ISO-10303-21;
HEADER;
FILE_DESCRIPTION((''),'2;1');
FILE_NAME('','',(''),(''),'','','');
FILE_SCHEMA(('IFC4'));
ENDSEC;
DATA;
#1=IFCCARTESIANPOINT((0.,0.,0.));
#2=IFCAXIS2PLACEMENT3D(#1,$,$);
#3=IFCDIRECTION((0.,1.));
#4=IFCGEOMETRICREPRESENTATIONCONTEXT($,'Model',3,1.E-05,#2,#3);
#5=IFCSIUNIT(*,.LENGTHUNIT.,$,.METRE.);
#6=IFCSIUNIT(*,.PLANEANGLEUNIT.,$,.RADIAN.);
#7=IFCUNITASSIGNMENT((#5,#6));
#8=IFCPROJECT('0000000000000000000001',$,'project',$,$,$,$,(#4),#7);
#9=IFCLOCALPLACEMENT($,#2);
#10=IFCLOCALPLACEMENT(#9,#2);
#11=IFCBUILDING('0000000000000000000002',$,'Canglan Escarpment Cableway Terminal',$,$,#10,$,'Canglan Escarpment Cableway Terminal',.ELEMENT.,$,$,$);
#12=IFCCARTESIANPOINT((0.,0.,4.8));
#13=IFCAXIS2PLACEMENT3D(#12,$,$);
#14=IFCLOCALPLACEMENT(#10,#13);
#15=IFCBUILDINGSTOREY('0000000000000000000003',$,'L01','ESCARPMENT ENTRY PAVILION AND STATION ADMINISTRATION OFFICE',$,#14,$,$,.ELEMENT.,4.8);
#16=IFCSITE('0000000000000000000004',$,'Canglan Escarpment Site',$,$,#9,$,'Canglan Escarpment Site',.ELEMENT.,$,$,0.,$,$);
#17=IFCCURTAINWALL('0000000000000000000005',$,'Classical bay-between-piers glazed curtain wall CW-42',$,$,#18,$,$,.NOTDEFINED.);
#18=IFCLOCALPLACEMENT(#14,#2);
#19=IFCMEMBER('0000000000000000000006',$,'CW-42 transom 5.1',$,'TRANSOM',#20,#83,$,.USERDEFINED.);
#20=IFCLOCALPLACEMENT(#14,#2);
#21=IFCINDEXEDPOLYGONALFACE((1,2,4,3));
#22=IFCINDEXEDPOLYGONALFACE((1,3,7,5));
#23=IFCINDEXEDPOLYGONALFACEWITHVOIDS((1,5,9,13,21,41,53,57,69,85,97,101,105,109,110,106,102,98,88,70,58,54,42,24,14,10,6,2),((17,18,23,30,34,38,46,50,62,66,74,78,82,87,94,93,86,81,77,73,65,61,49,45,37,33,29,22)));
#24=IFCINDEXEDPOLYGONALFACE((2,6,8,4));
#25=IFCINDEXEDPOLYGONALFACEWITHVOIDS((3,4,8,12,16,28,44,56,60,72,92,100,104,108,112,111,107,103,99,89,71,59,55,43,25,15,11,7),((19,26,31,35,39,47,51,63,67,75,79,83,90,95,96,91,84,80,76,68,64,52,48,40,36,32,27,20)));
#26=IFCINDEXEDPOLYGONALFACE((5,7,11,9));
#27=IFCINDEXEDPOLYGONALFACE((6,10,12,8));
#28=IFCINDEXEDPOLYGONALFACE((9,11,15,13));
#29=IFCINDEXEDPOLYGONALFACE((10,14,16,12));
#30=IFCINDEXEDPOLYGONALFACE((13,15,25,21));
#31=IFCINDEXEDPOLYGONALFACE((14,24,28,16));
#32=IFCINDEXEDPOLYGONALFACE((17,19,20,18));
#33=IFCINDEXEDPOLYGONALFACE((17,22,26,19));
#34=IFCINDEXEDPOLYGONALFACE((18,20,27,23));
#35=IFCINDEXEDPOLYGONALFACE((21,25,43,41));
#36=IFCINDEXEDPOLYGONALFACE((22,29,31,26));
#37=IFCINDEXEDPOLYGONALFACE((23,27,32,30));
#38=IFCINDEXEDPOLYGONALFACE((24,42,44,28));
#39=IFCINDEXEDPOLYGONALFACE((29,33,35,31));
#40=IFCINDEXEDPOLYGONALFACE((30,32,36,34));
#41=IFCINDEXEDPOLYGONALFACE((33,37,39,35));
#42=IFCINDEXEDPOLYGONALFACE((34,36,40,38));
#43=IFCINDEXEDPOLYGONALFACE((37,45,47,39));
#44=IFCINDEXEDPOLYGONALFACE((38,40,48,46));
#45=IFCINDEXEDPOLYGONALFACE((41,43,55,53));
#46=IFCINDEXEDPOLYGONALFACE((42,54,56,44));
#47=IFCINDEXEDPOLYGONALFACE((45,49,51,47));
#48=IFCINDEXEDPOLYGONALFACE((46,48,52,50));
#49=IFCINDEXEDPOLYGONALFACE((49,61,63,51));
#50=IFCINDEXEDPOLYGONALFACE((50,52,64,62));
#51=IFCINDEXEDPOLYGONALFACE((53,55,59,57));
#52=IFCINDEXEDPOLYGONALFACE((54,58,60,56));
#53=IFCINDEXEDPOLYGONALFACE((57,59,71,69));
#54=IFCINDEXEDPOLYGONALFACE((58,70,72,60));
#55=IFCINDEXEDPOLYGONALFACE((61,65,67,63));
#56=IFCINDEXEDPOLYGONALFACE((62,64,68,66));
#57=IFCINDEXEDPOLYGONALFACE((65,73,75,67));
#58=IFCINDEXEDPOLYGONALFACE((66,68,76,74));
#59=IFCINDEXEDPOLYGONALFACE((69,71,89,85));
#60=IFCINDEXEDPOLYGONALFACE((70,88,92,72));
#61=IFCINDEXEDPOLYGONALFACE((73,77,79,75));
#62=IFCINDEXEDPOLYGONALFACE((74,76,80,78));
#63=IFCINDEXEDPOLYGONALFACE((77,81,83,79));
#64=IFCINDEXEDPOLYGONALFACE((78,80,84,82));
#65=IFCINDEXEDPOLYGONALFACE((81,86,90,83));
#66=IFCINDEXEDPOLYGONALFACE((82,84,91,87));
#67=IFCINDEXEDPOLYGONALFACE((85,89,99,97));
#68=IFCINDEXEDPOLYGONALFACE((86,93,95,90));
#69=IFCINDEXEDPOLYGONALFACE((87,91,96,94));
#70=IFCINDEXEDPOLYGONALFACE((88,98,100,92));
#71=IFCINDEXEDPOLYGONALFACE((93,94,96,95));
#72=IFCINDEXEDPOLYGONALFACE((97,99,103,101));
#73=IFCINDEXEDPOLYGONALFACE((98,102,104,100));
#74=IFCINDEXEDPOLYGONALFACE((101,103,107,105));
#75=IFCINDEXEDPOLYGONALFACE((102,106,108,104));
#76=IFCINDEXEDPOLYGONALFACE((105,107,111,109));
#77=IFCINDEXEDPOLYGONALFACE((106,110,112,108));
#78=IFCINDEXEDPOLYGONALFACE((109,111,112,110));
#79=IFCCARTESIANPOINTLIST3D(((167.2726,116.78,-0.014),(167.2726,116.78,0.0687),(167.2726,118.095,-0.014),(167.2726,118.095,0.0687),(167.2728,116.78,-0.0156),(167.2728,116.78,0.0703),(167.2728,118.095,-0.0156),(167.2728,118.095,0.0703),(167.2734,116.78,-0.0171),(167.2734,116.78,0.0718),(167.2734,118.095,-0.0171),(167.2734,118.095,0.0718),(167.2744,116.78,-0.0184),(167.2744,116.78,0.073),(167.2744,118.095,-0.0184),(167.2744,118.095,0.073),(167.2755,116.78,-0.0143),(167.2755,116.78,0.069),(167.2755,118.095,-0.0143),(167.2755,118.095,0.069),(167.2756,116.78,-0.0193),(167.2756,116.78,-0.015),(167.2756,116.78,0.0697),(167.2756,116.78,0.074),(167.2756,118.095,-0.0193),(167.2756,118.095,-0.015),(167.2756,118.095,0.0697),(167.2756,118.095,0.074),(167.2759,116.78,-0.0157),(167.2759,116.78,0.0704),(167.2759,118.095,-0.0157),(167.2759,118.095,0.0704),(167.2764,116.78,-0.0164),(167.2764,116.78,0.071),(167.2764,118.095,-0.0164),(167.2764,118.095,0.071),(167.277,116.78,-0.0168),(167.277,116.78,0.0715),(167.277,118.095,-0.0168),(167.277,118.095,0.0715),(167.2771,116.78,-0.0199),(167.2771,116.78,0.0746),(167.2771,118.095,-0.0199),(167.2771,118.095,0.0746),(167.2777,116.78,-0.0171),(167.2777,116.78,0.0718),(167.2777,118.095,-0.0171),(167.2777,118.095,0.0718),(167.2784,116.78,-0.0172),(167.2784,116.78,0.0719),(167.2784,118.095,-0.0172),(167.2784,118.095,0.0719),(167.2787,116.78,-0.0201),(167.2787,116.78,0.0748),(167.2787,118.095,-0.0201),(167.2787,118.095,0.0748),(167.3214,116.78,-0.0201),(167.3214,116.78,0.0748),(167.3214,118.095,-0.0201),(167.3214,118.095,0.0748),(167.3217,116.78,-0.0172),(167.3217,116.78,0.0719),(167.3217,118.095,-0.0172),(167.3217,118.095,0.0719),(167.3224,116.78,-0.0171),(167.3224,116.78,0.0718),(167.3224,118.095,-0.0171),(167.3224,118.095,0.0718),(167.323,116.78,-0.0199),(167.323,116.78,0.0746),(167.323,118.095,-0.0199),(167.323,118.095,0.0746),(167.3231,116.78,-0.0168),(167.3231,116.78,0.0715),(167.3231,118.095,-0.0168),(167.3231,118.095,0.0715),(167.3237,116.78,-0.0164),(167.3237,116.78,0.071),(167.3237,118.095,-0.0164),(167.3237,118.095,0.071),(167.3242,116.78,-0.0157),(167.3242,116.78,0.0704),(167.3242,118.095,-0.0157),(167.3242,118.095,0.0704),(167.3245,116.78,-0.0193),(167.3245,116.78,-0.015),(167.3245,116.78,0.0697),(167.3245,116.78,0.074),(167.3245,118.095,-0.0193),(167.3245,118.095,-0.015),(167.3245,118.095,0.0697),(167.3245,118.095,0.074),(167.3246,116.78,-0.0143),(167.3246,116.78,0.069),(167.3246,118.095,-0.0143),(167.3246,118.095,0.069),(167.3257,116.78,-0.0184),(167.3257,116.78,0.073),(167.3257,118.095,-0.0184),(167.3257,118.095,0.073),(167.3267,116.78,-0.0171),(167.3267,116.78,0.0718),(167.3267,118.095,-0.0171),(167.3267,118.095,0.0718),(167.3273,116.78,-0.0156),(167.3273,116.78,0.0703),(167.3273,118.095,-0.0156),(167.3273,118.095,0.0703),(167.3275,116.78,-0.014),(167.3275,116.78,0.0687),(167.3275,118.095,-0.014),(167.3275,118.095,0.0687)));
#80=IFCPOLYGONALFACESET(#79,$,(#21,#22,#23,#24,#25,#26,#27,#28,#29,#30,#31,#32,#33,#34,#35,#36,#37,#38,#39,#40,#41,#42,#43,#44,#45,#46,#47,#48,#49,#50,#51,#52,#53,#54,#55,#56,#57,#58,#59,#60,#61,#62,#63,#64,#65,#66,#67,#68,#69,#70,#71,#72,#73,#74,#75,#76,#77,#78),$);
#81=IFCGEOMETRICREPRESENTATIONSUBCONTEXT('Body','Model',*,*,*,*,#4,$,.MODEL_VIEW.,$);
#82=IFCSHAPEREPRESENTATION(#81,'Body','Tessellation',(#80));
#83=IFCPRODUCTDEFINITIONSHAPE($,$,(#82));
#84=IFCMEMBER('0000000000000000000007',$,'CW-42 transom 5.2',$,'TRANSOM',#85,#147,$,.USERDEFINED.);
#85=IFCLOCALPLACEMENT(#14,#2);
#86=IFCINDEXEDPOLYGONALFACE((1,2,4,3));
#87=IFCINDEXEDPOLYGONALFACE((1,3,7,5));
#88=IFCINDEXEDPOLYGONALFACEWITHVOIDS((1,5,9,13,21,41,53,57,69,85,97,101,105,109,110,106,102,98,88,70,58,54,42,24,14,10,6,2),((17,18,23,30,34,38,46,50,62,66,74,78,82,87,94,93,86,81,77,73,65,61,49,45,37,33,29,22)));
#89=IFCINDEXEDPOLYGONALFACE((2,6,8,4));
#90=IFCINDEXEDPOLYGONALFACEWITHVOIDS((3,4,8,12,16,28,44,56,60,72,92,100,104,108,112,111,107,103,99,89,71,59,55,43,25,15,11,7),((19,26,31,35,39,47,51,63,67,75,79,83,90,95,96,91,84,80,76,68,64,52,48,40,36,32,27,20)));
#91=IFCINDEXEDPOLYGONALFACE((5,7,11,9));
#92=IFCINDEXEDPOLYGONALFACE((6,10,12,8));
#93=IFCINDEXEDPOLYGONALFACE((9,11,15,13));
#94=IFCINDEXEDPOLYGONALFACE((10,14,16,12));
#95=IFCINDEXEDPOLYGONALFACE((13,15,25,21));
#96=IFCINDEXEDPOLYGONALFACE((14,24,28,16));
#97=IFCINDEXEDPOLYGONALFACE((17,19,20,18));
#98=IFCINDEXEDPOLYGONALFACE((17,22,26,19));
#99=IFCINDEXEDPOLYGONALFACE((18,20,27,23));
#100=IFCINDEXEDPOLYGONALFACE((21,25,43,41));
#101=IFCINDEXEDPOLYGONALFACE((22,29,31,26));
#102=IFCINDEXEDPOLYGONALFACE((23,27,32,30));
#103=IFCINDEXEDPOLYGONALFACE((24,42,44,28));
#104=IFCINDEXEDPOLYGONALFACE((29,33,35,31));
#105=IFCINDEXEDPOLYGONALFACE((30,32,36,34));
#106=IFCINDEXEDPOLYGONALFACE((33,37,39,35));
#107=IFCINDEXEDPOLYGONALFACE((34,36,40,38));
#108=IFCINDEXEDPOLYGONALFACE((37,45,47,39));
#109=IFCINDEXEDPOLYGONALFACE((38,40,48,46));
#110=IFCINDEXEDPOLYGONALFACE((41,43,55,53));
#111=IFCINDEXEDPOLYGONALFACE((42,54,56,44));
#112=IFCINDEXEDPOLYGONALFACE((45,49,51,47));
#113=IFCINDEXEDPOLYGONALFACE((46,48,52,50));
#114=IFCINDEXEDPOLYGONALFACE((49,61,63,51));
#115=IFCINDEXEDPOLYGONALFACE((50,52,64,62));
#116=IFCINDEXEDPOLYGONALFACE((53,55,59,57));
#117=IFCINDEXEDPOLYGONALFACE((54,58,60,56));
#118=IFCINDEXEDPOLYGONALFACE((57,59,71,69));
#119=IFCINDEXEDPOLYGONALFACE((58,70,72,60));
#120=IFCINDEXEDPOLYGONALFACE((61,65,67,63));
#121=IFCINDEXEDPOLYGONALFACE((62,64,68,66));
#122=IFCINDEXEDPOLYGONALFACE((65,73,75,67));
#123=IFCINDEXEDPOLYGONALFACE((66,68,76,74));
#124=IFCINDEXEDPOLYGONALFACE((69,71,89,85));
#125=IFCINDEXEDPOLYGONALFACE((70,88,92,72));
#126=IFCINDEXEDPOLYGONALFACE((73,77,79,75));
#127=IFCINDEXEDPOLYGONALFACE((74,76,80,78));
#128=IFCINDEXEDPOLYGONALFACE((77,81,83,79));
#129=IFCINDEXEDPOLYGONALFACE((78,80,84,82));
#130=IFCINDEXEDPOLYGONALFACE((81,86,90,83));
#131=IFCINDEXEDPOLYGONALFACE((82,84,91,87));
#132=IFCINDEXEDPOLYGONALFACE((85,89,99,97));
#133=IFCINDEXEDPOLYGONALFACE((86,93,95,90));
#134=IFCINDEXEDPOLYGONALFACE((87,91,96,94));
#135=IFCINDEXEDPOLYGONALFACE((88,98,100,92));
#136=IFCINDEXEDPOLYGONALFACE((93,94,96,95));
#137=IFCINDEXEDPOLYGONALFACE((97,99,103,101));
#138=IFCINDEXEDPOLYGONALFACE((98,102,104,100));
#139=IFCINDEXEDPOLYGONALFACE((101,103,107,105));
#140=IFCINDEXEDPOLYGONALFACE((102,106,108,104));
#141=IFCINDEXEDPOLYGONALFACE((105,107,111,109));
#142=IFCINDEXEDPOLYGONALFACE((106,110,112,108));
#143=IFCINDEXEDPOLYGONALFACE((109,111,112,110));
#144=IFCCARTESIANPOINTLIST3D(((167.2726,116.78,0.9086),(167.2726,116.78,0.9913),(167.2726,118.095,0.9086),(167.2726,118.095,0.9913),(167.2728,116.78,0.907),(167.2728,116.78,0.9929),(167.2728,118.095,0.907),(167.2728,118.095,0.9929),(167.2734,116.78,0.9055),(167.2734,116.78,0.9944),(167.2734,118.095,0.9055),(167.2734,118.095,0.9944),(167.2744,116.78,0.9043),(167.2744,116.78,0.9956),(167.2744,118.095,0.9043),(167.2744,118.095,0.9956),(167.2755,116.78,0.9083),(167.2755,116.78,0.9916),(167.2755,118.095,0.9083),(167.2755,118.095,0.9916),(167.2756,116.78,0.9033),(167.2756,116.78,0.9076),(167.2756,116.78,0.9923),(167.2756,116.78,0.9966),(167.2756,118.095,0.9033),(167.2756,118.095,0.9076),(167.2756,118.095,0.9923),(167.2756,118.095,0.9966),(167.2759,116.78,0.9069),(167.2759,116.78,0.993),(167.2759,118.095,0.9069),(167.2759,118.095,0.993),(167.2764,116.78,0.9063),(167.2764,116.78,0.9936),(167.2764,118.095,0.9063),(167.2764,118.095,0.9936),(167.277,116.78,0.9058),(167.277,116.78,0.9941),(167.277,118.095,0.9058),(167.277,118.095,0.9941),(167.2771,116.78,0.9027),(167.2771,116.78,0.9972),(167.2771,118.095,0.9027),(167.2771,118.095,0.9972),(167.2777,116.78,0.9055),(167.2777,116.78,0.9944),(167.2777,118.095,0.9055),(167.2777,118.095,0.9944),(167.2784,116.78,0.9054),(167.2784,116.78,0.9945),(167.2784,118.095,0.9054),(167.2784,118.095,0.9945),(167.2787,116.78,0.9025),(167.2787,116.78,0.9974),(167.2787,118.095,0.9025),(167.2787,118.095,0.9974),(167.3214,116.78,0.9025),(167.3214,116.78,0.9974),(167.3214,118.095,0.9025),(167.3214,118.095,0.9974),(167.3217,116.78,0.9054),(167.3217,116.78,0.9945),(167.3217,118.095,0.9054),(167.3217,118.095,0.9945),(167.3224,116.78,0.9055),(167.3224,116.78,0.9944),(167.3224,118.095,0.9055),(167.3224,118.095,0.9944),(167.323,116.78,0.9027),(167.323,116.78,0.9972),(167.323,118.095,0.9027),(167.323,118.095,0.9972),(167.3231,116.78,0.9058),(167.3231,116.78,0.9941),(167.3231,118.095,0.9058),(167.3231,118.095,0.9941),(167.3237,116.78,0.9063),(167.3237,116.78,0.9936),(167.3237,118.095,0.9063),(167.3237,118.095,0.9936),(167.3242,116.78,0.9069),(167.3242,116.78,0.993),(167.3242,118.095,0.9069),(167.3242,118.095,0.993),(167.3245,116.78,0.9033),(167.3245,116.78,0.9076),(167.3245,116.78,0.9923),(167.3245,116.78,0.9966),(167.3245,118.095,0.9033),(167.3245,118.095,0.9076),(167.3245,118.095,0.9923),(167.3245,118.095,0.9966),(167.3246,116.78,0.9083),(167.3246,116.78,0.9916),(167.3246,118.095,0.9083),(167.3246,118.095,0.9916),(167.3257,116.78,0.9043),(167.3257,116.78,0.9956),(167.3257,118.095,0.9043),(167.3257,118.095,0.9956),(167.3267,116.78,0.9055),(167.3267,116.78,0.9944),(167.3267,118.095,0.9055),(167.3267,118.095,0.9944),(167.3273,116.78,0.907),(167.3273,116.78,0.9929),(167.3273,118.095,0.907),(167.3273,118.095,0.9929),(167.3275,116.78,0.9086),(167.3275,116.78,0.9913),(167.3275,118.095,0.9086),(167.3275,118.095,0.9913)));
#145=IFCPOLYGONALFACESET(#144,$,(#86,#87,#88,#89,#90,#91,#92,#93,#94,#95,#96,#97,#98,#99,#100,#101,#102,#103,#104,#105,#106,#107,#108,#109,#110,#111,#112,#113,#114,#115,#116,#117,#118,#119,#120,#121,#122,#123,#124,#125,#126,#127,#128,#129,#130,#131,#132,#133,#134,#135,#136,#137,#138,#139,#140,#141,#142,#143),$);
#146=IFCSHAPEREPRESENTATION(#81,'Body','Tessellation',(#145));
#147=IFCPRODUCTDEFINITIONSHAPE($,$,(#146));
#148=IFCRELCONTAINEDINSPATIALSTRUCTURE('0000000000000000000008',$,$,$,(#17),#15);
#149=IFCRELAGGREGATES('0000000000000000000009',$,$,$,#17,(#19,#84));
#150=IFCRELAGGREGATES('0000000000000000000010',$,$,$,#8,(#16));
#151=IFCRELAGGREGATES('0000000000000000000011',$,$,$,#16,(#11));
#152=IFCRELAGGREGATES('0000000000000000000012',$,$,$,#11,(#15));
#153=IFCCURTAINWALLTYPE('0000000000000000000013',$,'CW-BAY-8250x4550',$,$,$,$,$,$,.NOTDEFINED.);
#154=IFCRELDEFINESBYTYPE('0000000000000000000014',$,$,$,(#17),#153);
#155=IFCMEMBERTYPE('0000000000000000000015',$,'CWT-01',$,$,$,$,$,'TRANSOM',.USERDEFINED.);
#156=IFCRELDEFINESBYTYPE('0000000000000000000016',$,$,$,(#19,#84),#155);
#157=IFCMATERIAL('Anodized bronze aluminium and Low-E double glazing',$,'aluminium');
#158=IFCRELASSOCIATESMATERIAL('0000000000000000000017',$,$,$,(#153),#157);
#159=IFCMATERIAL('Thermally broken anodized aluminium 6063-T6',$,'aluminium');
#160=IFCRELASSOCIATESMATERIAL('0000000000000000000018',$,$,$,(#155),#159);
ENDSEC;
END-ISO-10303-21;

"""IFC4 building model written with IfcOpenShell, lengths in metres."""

from ifc_helpers import new_model, si_unit, direction, frame, origin, origin_2d, place, context, subcontext, project, spatial, hollow_rectangle, extrude, material, material_profile, profile_set, type_object, element, aggregate, save


model = new_model("IFC4")

# Units and contexts
model_context = context("Model", 3, precision=1e-05, world=origin(), true_north=direction((0.0, 1.0)))
body_context = subcontext(model_context, "Body", "Model", "MODEL_VIEW")
ifc_project = project(units=[si_unit("LENGTHUNIT", "METRE"), si_unit("PLANEANGLEUNIT", "RADIAN")], contexts=[model_context])

# Site, building, storey
site_placement = place(None, origin())
site = spatial("IfcSite", under=ifc_project, at=site_placement, Name="Canglan Escarpment Site", LongName="Canglan Escarpment Site", CompositionType="ELEMENT", RefElevation=0.0)
building_placement = place(site_placement, origin())
building = spatial("IfcBuilding", under=site, at=building_placement, Name="Canglan Escarpment Cableway Terminal", LongName="Canglan Escarpment Cableway Terminal", CompositionType="ELEMENT")
storey_placement = place(building_placement, frame((0.0, 0.0, 4.8)))
storey = spatial("IfcBuildingStorey", under=building, at=storey_placement, Name="L01", Description="ESCARPMENT ENTRY PAVILION AND STATION ADMINISTRATION OFFICE", CompositionType="ELEMENT", Elevation=4.8)

# Curtain wall, members
ifc_material_1 = material(Name="Anodized bronze aluminium and Low-E double glazing", Category="aluminium")
curtain_wall_type = type_object("IfcCurtainWallType", Name="CW-BAY-8250x4550", PredefinedType="NOTDEFINED", material=ifc_material_1)
curtain_wall_placement = place(storey_placement, origin())
curtain_wall = element("IfcCurtainWall", 1, at=curtain_wall_placement, inside=storey, type_object=curtain_wall_type, Name="Classical bay-between-piers glazed curtain wall CW-42", PredefinedType="NOTDEFINED")
ifc_material_2 = material(Name="Thermally broken anodized aluminium 6063-T6", Category="aluminium")
ifc_material_profile_1 = material_profile(ifc_material_2, hollow_rectangle(XDim=0.0549, YDim=0.095, WallThickness=0.0029, InnerFilletRadius=0.0029, OuterFilletRadius=0.0061, at=origin_2d()), Name="ALU-TRAN 55x95x3")
ifc_profile_set_1 = profile_set([ifc_material_profile_1], Name="Thermally broken anodized aluminium 6063-T6")
member_type_1 = type_object("IfcMemberType", Name="CWT-01", ElementType="TRANSOM", PredefinedType="USERDEFINED", material=ifc_profile_set_1)
member_1_placement = place(storey_placement, frame((167.3, 118.095, 0.0273), z_axis=(0.0, -1.0, 0.0), x_axis=(1.0, 0.0, 0.0)))
member_1 = element("IfcMember", 2, at=member_1_placement, type_object=member_type_1, Name="CW-42 transom 5.1", ObjectType="TRANSOM", PredefinedType="USERDEFINED", context=body_context, shape_type="SweptSolid", body=[
    extrude(hollow_rectangle(XDim=0.0549, YDim=0.095, WallThickness=0.0029, InnerFilletRadius=0.0029, OuterFilletRadius=0.0061, at=origin_2d()), origin(), (0.0, 0.0, 1.0), 1.3149),
])
member_2_placement = place(storey_placement, frame((167.3, 118.095, 0.95), z_axis=(0.0, -1.0, 0.0), x_axis=(1.0, 0.0, 0.0)))
member_2 = element("IfcMember", 3, at=member_2_placement, type_object=member_type_1, Name="CW-42 transom 5.2", ObjectType="TRANSOM", PredefinedType="USERDEFINED", context=body_context, shape_type="SweptSolid", body=[
    extrude(hollow_rectangle(XDim=0.0549, YDim=0.095, WallThickness=0.0029, InnerFilletRadius=0.0029, OuterFilletRadius=0.0061, at=origin_2d()), origin(), (0.0, 0.0, 1.0), 1.3149),
])
aggregate(curtain_wall, [member_1, member_2])

save(model, "model.ifc")
